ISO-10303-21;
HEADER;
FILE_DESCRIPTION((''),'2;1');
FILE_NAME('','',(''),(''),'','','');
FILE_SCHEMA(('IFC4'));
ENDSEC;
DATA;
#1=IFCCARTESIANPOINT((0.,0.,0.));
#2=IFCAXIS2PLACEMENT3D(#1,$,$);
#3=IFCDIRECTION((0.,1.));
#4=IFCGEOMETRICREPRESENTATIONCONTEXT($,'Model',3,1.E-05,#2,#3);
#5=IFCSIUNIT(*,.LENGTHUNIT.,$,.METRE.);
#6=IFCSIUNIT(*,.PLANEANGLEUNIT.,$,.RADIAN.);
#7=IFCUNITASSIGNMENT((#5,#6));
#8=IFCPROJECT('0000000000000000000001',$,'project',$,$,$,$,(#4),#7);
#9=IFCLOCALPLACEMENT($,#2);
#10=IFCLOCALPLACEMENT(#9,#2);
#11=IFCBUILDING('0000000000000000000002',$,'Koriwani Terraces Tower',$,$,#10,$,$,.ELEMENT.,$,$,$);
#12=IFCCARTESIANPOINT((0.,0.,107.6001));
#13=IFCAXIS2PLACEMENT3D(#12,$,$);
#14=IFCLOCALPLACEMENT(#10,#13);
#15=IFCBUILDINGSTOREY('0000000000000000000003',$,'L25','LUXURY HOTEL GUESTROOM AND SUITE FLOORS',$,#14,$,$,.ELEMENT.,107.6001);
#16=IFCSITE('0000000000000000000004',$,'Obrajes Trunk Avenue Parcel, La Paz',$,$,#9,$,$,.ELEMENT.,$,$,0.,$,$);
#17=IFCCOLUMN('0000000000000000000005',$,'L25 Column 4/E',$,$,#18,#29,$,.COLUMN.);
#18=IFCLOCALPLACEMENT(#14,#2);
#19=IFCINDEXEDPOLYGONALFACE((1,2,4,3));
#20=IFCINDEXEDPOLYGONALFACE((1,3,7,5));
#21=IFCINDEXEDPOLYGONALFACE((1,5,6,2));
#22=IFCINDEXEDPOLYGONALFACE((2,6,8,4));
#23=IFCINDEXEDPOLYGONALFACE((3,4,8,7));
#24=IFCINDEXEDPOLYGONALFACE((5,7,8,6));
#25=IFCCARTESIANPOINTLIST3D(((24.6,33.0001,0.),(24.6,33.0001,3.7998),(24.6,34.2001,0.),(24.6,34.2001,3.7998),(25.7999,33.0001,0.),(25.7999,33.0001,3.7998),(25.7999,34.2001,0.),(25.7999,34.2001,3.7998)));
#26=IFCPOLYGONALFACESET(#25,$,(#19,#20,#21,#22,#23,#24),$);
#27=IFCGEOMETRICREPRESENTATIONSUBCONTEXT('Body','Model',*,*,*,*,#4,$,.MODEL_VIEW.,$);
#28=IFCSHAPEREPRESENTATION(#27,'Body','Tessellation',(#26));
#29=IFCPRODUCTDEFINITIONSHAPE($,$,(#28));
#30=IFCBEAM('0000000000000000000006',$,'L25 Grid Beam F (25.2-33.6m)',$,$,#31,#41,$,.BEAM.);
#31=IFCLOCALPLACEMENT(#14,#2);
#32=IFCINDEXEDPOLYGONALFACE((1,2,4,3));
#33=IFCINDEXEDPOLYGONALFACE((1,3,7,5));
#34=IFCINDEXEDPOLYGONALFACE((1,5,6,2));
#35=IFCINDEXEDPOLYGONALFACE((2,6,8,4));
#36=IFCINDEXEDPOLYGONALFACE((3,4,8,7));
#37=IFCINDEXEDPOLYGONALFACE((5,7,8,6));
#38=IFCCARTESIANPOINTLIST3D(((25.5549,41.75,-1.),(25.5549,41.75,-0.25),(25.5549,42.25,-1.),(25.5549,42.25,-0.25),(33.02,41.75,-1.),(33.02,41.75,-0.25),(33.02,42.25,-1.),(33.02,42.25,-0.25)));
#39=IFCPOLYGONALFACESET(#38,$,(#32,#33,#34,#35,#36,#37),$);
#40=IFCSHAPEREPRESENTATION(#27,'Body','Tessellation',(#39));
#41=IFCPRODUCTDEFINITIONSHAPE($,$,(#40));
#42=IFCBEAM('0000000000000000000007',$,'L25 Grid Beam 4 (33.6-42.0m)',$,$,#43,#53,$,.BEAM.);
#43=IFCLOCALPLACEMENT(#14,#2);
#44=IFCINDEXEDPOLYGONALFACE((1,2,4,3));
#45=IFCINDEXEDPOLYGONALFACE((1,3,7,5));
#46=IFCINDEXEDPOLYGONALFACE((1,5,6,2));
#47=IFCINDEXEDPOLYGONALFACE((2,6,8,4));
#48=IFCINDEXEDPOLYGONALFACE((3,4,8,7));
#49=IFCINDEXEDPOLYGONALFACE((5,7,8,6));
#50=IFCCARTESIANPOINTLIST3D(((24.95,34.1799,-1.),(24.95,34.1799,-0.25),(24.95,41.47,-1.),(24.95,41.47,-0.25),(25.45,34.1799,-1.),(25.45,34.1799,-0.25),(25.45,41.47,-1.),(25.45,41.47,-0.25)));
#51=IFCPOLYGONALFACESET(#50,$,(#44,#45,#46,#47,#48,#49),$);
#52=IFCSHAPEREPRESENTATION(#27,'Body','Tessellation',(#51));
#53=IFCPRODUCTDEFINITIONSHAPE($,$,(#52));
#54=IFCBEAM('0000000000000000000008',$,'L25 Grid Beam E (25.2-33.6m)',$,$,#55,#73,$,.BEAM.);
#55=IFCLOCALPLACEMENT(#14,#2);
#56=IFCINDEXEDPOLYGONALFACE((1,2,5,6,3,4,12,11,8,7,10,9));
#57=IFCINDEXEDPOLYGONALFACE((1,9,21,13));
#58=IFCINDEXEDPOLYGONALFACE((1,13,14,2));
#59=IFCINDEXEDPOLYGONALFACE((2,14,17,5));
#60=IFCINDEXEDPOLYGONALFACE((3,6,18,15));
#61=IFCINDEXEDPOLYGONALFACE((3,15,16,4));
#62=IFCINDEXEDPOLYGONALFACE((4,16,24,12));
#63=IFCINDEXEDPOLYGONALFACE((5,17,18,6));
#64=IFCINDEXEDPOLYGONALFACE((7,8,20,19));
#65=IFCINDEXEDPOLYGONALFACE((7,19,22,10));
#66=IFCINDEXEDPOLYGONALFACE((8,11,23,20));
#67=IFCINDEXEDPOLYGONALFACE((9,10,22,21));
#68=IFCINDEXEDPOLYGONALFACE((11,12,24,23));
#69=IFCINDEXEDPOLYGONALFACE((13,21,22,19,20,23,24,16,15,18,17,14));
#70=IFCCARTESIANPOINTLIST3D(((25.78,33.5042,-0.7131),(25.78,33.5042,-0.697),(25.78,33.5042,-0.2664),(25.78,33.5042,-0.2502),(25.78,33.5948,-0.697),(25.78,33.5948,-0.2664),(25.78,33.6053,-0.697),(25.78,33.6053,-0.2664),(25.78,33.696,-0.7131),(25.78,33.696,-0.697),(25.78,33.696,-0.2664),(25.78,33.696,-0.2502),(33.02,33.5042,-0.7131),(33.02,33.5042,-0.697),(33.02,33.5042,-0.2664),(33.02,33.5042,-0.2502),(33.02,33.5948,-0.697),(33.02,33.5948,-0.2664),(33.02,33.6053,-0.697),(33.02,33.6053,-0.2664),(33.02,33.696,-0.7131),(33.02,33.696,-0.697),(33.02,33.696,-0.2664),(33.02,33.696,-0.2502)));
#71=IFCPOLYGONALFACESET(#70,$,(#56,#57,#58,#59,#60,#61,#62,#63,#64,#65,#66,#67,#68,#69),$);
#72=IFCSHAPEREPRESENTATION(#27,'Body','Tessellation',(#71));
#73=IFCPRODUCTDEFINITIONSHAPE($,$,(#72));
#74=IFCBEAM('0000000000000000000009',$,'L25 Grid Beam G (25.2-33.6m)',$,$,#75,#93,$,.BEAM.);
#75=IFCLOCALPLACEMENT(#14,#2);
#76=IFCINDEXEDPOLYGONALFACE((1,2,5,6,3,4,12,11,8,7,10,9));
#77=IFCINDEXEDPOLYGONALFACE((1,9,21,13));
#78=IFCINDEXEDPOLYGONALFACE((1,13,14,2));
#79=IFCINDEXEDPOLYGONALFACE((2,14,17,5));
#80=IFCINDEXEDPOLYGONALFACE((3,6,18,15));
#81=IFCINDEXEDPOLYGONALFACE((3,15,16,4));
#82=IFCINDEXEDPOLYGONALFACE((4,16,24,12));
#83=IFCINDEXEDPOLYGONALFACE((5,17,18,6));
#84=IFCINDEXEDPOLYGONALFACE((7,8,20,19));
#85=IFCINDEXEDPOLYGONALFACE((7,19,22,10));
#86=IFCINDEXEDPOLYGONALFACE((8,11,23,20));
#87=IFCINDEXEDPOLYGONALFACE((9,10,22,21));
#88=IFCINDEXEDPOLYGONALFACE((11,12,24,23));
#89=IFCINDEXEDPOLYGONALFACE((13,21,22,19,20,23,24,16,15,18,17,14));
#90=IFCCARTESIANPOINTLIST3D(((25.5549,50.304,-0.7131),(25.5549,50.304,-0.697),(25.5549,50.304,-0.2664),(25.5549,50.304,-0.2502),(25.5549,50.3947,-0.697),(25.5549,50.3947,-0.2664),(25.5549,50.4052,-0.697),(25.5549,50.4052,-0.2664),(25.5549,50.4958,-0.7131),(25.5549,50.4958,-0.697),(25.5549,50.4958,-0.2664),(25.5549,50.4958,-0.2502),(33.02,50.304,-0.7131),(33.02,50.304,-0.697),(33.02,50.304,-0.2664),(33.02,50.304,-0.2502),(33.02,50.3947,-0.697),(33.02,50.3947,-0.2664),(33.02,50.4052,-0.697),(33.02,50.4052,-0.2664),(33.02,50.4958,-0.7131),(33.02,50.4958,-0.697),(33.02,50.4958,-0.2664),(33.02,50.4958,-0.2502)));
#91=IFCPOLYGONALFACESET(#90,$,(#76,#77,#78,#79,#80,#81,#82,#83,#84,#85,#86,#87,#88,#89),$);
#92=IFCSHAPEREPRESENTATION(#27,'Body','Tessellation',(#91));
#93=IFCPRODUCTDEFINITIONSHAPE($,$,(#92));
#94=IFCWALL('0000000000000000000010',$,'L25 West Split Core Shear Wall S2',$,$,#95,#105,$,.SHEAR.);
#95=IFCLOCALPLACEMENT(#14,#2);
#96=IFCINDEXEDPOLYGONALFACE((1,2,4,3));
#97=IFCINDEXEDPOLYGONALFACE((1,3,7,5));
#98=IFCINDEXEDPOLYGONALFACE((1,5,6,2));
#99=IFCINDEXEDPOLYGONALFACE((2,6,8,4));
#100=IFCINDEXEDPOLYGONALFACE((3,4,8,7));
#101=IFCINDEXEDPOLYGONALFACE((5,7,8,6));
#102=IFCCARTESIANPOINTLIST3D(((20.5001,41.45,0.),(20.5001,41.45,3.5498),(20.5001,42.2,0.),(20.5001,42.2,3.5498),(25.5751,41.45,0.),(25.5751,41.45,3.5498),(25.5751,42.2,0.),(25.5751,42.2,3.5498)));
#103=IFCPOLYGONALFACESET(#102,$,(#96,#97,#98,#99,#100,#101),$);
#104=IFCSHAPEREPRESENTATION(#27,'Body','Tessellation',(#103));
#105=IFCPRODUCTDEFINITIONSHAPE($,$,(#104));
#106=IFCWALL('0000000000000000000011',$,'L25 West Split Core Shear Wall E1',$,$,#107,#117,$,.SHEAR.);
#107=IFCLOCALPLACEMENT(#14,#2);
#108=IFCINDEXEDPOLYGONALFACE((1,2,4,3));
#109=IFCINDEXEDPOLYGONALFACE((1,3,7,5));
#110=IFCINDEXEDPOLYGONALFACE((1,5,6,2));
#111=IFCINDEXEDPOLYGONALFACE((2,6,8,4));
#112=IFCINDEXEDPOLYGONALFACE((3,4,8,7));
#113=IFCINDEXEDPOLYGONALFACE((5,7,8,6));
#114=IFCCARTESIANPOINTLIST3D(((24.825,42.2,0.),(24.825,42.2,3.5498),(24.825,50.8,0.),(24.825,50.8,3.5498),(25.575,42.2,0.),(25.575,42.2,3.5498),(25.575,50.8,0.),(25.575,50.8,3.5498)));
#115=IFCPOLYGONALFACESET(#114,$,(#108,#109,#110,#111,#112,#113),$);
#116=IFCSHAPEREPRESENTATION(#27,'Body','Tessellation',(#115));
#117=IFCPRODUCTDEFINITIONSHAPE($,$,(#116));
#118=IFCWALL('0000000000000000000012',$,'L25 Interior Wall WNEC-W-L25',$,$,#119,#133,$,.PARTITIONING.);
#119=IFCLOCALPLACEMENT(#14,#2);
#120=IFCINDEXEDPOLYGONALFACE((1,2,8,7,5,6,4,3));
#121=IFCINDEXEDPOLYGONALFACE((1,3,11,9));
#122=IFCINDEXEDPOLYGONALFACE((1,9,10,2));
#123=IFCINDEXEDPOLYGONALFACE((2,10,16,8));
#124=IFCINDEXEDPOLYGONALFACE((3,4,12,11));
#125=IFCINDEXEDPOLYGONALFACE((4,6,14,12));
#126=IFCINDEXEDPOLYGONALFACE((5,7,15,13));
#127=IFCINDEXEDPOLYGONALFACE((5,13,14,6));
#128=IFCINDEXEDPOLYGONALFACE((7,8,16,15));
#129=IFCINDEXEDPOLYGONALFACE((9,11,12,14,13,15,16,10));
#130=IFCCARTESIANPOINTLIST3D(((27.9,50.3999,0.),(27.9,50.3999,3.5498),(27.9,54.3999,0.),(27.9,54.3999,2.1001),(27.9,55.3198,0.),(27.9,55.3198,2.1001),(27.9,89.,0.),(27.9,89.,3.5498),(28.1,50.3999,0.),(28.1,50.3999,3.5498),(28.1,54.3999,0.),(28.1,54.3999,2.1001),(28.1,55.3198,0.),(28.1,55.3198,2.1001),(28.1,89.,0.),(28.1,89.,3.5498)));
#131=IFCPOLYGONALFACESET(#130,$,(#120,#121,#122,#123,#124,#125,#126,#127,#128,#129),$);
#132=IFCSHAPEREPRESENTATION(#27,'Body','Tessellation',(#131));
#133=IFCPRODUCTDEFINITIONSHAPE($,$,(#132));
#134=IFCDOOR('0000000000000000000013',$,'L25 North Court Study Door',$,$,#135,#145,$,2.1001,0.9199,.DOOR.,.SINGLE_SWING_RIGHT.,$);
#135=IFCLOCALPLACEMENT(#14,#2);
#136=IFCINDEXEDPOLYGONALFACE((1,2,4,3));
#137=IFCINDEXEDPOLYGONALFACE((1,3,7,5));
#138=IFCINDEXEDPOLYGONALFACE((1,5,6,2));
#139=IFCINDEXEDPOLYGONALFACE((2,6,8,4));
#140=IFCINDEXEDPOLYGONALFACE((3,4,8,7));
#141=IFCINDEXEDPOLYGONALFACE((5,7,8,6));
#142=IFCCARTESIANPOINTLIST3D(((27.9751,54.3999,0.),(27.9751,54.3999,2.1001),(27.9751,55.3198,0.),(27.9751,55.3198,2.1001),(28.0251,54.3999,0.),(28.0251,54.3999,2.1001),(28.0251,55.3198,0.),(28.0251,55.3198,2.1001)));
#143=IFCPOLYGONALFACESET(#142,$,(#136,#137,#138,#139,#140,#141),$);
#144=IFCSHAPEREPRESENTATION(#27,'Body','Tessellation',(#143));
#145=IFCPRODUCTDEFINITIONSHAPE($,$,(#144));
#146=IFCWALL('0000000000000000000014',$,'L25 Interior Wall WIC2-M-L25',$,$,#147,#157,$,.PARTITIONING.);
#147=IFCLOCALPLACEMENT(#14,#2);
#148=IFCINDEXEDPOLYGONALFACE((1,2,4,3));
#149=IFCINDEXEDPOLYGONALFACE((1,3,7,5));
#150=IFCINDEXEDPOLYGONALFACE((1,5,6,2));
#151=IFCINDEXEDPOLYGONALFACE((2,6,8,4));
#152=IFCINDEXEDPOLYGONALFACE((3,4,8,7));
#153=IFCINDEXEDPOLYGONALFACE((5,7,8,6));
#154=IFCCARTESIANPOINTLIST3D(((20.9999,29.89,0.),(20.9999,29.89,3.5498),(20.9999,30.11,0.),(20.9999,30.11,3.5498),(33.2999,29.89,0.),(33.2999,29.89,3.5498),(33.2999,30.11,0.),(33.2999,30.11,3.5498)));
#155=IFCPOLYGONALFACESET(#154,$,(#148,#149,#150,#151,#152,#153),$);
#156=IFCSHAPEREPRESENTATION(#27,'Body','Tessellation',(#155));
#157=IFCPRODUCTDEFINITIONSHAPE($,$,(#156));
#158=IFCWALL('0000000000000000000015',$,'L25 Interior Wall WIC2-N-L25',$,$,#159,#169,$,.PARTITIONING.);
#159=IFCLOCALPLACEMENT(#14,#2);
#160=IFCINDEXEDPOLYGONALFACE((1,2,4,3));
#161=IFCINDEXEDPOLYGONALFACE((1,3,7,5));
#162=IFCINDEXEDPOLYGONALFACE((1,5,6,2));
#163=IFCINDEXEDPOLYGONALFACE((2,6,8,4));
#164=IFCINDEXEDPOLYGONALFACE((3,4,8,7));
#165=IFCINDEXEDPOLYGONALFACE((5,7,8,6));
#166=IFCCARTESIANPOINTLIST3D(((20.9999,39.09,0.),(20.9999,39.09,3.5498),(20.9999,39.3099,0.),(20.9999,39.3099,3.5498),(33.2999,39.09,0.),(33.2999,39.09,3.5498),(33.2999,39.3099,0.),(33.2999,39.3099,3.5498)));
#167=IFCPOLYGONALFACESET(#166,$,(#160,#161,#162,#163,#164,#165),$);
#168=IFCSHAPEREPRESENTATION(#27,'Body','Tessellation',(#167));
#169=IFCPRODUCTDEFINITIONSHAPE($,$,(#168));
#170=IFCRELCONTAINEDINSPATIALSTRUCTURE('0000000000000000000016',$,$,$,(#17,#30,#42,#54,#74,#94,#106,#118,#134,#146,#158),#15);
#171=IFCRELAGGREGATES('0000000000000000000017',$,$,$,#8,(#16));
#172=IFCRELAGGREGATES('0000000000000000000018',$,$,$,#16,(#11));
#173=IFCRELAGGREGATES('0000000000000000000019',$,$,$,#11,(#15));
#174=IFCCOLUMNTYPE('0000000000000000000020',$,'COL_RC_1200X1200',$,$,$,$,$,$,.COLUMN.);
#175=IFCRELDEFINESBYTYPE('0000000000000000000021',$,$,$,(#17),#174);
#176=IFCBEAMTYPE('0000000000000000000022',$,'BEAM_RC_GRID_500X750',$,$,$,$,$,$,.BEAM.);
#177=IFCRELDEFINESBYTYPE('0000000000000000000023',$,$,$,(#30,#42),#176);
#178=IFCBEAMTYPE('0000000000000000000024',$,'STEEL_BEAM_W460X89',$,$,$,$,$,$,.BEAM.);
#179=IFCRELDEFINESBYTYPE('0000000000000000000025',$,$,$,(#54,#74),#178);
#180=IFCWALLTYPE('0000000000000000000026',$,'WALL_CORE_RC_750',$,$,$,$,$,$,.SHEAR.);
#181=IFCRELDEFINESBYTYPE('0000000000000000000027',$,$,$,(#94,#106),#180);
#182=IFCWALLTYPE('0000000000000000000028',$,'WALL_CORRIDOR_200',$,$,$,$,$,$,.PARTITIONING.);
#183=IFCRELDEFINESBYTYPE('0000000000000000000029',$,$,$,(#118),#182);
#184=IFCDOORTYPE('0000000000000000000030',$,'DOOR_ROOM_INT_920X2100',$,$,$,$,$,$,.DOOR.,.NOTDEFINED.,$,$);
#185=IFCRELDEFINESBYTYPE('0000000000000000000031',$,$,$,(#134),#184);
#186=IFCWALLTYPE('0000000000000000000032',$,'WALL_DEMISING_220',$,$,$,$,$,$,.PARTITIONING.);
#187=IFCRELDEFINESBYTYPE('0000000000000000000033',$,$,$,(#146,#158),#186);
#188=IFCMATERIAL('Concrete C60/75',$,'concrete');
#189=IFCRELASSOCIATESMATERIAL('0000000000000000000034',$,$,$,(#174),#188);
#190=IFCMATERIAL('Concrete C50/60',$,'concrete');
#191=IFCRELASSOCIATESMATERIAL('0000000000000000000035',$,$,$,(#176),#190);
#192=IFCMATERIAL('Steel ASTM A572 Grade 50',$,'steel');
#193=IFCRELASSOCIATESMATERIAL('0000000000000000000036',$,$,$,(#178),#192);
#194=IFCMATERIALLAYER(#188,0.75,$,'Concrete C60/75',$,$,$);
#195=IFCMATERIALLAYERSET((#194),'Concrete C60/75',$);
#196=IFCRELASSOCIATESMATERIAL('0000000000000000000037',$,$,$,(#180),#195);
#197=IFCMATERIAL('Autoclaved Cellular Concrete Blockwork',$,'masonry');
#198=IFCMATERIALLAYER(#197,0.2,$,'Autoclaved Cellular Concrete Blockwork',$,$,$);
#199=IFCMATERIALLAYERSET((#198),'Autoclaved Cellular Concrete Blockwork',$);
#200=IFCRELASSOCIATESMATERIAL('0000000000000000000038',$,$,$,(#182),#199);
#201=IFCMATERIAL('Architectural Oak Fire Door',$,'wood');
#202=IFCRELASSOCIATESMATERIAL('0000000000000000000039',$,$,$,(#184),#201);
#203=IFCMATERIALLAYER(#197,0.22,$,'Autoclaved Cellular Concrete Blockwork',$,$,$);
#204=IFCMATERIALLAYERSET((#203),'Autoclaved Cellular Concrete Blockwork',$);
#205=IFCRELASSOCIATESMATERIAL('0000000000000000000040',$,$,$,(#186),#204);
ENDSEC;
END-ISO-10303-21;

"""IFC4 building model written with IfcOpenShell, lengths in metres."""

from ifc_helpers import new_model, si_unit, direction, frame, frame_2d, origin, origin_2d, place, context, subcontext, project, spatial, rectangle, i_section, extrude, material, layer, layer_set, material_profile, profile_set, type_object, element, fill, save


model = new_model("IFC4")

# Units and contexts
model_context = context("Model", 3, precision=1e-05, world=origin(), true_north=direction((0.0, 1.0)))
body_context = subcontext(model_context, "Body", "Model", "MODEL_VIEW")
ifc_project = project(units=[si_unit("LENGTHUNIT", "METRE"), si_unit("PLANEANGLEUNIT", "RADIAN")], contexts=[model_context])

# Site, building, storey
site_placement = place(None, origin())
site = spatial("IfcSite", under=ifc_project, at=site_placement, Name="Obrajes Trunk Avenue Parcel, La Paz", CompositionType="ELEMENT", RefElevation=0.0)
building_placement = place(site_placement, origin())
building = spatial("IfcBuilding", under=site, at=building_placement, Name="Koriwani Terraces Tower", CompositionType="ELEMENT")
storey_placement = place(building_placement, frame((0.0, 0.0, 107.6001)))
storey = spatial("IfcBuildingStorey", under=building, at=storey_placement, Name="L25", Description="LUXURY HOTEL GUESTROOM AND SUITE FLOORS", CompositionType="ELEMENT", Elevation=107.6001)

# Column
ifc_material_1 = material(Name="Concrete C60/75", Category="concrete")
ifc_material_profile_1 = material_profile(ifc_material_1, rectangle(XDim=1.2, YDim=1.2, at=origin_2d()), Name="Concrete C60/75", Category="LoadBearing")
ifc_profile_set_1 = profile_set([ifc_material_profile_1], Name="Concrete C60/75")
column_type = type_object("IfcColumnType", Name="COL_RC_1200X1200", PredefinedType="COLUMN", material=ifc_profile_set_1)
column_placement = place(storey_placement, frame((25.2, 33.6001, 0.0), z_axis=(0.0, 0.0, 1.0), x_axis=(1.0, 0.0, 0.0)))
element("IfcColumn", 1, at=column_placement, inside=storey, type_object=column_type, Name="L25 Column 4/E", PredefinedType="COLUMN", context=body_context, shape_type="SweptSolid", body=[
    extrude(rectangle(XDim=1.2, YDim=1.2, at=origin_2d()), origin(), (0.0, 0.0, 1.0), 3.7998),
])

# Beams
ifc_material_2 = material(Name="Concrete C50/60", Category="concrete")
ifc_material_profile_2 = material_profile(ifc_material_2, rectangle(XDim=0.5, YDim=0.75, at=origin_2d()), Name="Concrete C50/60", Category="LoadBearing")
ifc_profile_set_2 = profile_set([ifc_material_profile_2], Name="Concrete C50/60")
beam_type_1 = type_object("IfcBeamType", Name="BEAM_RC_GRID_500X750", PredefinedType="BEAM", material=ifc_profile_set_2)
beam_1_placement = place(storey_placement, frame((25.5549, 42.0, -0.625), z_axis=(1.0, 0.0, 0.0), x_axis=(0.0, 1.0, 0.0)))
element("IfcBeam", 2, at=beam_1_placement, inside=storey, type_object=beam_type_1, Name="L25 Grid Beam F (25.2-33.6m)", PredefinedType="BEAM", context=body_context, shape_type="SweptSolid", body=[
    extrude(rectangle(XDim=0.5, YDim=0.75, at=origin_2d()), origin(), (0.0, 0.0, 1.0), 7.4651),
])
beam_2_placement = place(storey_placement, frame((25.2, 34.1799, -0.625), z_axis=(0.0, 1.0, 0.0), x_axis=(-1.0, 0.0, 0.0)))
element("IfcBeam", 3, at=beam_2_placement, inside=storey, type_object=beam_type_1, Name="L25 Grid Beam 4 (33.6-42.0m)", PredefinedType="BEAM", context=body_context, shape_type="SweptSolid", body=[
    extrude(rectangle(XDim=0.5, YDim=0.75, at=origin_2d()), origin(), (0.0, 0.0, 1.0), 7.29),
])
ifc_material_3 = material(Name="Steel ASTM A572 Grade 50", Category="steel")
ifc_material_profile_3 = material_profile(ifc_material_3, i_section(OverallWidth=0.1919, OverallDepth=0.4629, WebThickness=0.0105, FlangeThickness=0.0161, at=origin_2d()), Name="Steel ASTM A572 Grade 50", Category="LoadBearing")
ifc_profile_set_3 = profile_set([ifc_material_profile_3], Name="Steel ASTM A572 Grade 50")
beam_type_2 = type_object("IfcBeamType", Name="STEEL_BEAM_W460X89", PredefinedType="BEAM", material=ifc_profile_set_3)
beam_3_placement = place(storey_placement, frame((25.78, 33.6001, -0.4817), z_axis=(1.0, 0.0, 0.0), x_axis=(0.0, 1.0, 0.0)))
element("IfcBeam", 4, at=beam_3_placement, inside=storey, type_object=beam_type_2, Name="L25 Grid Beam E (25.2-33.6m)", PredefinedType="BEAM", context=body_context, shape_type="SweptSolid", body=[
    extrude(i_section(OverallWidth=0.1919, OverallDepth=0.4629, WebThickness=0.0105, FlangeThickness=0.0161, at=origin_2d()), origin(), (0.0, 0.0, 1.0), 7.24),
])
beam_4_placement = place(storey_placement, frame((25.5549, 50.3999, -0.4817), z_axis=(1.0, 0.0, 0.0), x_axis=(0.0, 1.0, 0.0)))
element("IfcBeam", 5, at=beam_4_placement, inside=storey, type_object=beam_type_2, Name="L25 Grid Beam G (25.2-33.6m)", PredefinedType="BEAM", context=body_context, shape_type="SweptSolid", body=[
    extrude(i_section(OverallWidth=0.1919, OverallDepth=0.4629, WebThickness=0.0105, FlangeThickness=0.0161, at=origin_2d()), origin(), (0.0, 0.0, 1.0), 7.4651),
])

# Walls
ifc_layer_1 = layer(ifc_material_1, 0.75, Name="Concrete C60/75")
ifc_layer_set_1 = layer_set([ifc_layer_1], Name="Concrete C60/75")
wall_type_1 = type_object("IfcWallType", Name="WALL_CORE_RC_750", PredefinedType="SHEAR", material=ifc_layer_set_1)
wall_1_placement = place(storey_placement, frame((20.5, 41.825, 0.0), z_axis=(0.0, 0.0, 1.0), x_axis=(1.0, 0.0, 0.0)))
element("IfcWall", 6, at=wall_1_placement, inside=storey, type_object=wall_type_1, Name="L25 West Split Core Shear Wall S2", PredefinedType="SHEAR", context=body_context, shape_type="SweptSolid", body=[
    extrude(rectangle(XDim=5.075, YDim=0.75, at=frame_2d((2.5376, 0.0))), origin(), (0.0, 0.0, 1.0), 3.5498),
])
wall_2_placement = place(storey_placement, frame((25.2, 42.2, 0.0), z_axis=(0.0, 0.0, 1.0), x_axis=(0.0, 1.0, 0.0)))
element("IfcWall", 7, at=wall_2_placement, inside=storey, type_object=wall_type_1, Name="L25 West Split Core Shear Wall E1", PredefinedType="SHEAR", context=body_context, shape_type="SweptSolid", body=[
    extrude(rectangle(XDim=8.6001, YDim=0.75, at=frame_2d((4.3, 0.0))), origin(), (0.0, 0.0, 1.0), 3.5498),
])

# Wall, opening, door
ifc_material_4 = material(Name="Autoclaved Cellular Concrete Blockwork", Category="masonry")
ifc_layer_2 = layer(ifc_material_4, 0.2, Name="Autoclaved Cellular Concrete Blockwork")
ifc_layer_set_2 = layer_set([ifc_layer_2], Name="Autoclaved Cellular Concrete Blockwork")
wall_type_2 = type_object("IfcWallType", Name="WALL_CORRIDOR_200", PredefinedType="PARTITIONING", material=ifc_layer_set_2)
wall_3_placement = place(storey_placement, frame((28.0, 50.3999, 0.0), z_axis=(0.0, 0.0, 1.0), x_axis=(0.0, 1.0, 0.0)))
wall_3 = element("IfcWall", 8, at=wall_3_placement, inside=storey, type_object=wall_type_2, Name="L25 Interior Wall WNEC-W-L25", PredefinedType="PARTITIONING", context=body_context, shape_type="SweptSolid", body=[
    extrude(rectangle(XDim=38.6001, YDim=0.2, at=frame_2d((19.3, 0.0))), origin(), (0.0, 0.0, 1.0), 3.5498),
])
opening_1_placement = place(wall_3_placement, frame((4.0, 0.0, 0.0)))
opening_1 = element("IfcOpeningElement", 9, at=opening_1_placement, cuts=wall_3, PredefinedType="OPENING", context=body_context, shape_type="SweptSolid", body=[
    extrude(rectangle(XDim=0.9199, YDim=2.1001, at=frame_2d((0.46, 1.05))), frame((0.0, 0.1099, 0.0), z_axis=(0.0, -1.0, 0.0), x_axis=(1.0, 0.0, 0.0)), (0.0, 0.0, 1.0), 0.22),
])
ifc_material_5 = material(Name="Architectural Oak Fire Door", Category="wood")
door_type_1 = type_object("IfcDoorType", Name="DOOR_ROOM_INT_920X2100", OperationType="NOTDEFINED", PredefinedType="DOOR", material=ifc_material_5)
door_1_placement = place(opening_1_placement, origin())
door_1 = element("IfcDoor", 10, at=door_1_placement, inside=storey, type_object=door_type_1, Name="L25 North Court Study Door", OperationType="SINGLE_SWING_RIGHT", OverallHeight=2.1001, OverallWidth=0.9199, PredefinedType="DOOR", context=body_context, shape_type="SweptSolid", body=[
    extrude(rectangle(XDim=0.9199, YDim=2.1001, at=frame_2d((0.46, 1.05))), frame((0.0, 0.0249, 0.0), z_axis=(0.0, -1.0, 0.0), x_axis=(1.0, 0.0, 0.0)), (0.0, 0.0, 1.0), 0.05),
])
fill(opening_1, door_1)

# Walls
ifc_layer_3 = layer(ifc_material_4, 0.22, Name="Autoclaved Cellular Concrete Blockwork")
ifc_layer_set_3 = layer_set([ifc_layer_3], Name="Autoclaved Cellular Concrete Blockwork")
wall_type_3 = type_object("IfcWallType", Name="WALL_DEMISING_220", PredefinedType="PARTITIONING", material=ifc_layer_set_3)
for number, where, z_axis, x_axis, name in (
    (11, (21.0, 30.0, 0.0), (0.0, 0.0, 1.0), (1.0, 0.0, 0.0), "L25 Interior Wall WIC2-M-L25"),
    (12, (21.0, 39.2, 0.0), (0.0, 0.0, 1.0), (1.0, 0.0, 0.0), "L25 Interior Wall WIC2-N-L25"),
):
    element("IfcWall", number, at=place(storey_placement, frame(where, z_axis=z_axis, x_axis=x_axis)), inside=storey, type_object=wall_type_3, Name=name, PredefinedType="PARTITIONING", context=body_context, shape_type="SweptSolid", body=[
        extrude(rectangle(XDim=12.3, YDim=0.22, at=frame_2d((6.1499, 0.0))), origin(), (0.0, 0.0, 1.0), 3.5498),
    ])

save(model, "model.ifc")
